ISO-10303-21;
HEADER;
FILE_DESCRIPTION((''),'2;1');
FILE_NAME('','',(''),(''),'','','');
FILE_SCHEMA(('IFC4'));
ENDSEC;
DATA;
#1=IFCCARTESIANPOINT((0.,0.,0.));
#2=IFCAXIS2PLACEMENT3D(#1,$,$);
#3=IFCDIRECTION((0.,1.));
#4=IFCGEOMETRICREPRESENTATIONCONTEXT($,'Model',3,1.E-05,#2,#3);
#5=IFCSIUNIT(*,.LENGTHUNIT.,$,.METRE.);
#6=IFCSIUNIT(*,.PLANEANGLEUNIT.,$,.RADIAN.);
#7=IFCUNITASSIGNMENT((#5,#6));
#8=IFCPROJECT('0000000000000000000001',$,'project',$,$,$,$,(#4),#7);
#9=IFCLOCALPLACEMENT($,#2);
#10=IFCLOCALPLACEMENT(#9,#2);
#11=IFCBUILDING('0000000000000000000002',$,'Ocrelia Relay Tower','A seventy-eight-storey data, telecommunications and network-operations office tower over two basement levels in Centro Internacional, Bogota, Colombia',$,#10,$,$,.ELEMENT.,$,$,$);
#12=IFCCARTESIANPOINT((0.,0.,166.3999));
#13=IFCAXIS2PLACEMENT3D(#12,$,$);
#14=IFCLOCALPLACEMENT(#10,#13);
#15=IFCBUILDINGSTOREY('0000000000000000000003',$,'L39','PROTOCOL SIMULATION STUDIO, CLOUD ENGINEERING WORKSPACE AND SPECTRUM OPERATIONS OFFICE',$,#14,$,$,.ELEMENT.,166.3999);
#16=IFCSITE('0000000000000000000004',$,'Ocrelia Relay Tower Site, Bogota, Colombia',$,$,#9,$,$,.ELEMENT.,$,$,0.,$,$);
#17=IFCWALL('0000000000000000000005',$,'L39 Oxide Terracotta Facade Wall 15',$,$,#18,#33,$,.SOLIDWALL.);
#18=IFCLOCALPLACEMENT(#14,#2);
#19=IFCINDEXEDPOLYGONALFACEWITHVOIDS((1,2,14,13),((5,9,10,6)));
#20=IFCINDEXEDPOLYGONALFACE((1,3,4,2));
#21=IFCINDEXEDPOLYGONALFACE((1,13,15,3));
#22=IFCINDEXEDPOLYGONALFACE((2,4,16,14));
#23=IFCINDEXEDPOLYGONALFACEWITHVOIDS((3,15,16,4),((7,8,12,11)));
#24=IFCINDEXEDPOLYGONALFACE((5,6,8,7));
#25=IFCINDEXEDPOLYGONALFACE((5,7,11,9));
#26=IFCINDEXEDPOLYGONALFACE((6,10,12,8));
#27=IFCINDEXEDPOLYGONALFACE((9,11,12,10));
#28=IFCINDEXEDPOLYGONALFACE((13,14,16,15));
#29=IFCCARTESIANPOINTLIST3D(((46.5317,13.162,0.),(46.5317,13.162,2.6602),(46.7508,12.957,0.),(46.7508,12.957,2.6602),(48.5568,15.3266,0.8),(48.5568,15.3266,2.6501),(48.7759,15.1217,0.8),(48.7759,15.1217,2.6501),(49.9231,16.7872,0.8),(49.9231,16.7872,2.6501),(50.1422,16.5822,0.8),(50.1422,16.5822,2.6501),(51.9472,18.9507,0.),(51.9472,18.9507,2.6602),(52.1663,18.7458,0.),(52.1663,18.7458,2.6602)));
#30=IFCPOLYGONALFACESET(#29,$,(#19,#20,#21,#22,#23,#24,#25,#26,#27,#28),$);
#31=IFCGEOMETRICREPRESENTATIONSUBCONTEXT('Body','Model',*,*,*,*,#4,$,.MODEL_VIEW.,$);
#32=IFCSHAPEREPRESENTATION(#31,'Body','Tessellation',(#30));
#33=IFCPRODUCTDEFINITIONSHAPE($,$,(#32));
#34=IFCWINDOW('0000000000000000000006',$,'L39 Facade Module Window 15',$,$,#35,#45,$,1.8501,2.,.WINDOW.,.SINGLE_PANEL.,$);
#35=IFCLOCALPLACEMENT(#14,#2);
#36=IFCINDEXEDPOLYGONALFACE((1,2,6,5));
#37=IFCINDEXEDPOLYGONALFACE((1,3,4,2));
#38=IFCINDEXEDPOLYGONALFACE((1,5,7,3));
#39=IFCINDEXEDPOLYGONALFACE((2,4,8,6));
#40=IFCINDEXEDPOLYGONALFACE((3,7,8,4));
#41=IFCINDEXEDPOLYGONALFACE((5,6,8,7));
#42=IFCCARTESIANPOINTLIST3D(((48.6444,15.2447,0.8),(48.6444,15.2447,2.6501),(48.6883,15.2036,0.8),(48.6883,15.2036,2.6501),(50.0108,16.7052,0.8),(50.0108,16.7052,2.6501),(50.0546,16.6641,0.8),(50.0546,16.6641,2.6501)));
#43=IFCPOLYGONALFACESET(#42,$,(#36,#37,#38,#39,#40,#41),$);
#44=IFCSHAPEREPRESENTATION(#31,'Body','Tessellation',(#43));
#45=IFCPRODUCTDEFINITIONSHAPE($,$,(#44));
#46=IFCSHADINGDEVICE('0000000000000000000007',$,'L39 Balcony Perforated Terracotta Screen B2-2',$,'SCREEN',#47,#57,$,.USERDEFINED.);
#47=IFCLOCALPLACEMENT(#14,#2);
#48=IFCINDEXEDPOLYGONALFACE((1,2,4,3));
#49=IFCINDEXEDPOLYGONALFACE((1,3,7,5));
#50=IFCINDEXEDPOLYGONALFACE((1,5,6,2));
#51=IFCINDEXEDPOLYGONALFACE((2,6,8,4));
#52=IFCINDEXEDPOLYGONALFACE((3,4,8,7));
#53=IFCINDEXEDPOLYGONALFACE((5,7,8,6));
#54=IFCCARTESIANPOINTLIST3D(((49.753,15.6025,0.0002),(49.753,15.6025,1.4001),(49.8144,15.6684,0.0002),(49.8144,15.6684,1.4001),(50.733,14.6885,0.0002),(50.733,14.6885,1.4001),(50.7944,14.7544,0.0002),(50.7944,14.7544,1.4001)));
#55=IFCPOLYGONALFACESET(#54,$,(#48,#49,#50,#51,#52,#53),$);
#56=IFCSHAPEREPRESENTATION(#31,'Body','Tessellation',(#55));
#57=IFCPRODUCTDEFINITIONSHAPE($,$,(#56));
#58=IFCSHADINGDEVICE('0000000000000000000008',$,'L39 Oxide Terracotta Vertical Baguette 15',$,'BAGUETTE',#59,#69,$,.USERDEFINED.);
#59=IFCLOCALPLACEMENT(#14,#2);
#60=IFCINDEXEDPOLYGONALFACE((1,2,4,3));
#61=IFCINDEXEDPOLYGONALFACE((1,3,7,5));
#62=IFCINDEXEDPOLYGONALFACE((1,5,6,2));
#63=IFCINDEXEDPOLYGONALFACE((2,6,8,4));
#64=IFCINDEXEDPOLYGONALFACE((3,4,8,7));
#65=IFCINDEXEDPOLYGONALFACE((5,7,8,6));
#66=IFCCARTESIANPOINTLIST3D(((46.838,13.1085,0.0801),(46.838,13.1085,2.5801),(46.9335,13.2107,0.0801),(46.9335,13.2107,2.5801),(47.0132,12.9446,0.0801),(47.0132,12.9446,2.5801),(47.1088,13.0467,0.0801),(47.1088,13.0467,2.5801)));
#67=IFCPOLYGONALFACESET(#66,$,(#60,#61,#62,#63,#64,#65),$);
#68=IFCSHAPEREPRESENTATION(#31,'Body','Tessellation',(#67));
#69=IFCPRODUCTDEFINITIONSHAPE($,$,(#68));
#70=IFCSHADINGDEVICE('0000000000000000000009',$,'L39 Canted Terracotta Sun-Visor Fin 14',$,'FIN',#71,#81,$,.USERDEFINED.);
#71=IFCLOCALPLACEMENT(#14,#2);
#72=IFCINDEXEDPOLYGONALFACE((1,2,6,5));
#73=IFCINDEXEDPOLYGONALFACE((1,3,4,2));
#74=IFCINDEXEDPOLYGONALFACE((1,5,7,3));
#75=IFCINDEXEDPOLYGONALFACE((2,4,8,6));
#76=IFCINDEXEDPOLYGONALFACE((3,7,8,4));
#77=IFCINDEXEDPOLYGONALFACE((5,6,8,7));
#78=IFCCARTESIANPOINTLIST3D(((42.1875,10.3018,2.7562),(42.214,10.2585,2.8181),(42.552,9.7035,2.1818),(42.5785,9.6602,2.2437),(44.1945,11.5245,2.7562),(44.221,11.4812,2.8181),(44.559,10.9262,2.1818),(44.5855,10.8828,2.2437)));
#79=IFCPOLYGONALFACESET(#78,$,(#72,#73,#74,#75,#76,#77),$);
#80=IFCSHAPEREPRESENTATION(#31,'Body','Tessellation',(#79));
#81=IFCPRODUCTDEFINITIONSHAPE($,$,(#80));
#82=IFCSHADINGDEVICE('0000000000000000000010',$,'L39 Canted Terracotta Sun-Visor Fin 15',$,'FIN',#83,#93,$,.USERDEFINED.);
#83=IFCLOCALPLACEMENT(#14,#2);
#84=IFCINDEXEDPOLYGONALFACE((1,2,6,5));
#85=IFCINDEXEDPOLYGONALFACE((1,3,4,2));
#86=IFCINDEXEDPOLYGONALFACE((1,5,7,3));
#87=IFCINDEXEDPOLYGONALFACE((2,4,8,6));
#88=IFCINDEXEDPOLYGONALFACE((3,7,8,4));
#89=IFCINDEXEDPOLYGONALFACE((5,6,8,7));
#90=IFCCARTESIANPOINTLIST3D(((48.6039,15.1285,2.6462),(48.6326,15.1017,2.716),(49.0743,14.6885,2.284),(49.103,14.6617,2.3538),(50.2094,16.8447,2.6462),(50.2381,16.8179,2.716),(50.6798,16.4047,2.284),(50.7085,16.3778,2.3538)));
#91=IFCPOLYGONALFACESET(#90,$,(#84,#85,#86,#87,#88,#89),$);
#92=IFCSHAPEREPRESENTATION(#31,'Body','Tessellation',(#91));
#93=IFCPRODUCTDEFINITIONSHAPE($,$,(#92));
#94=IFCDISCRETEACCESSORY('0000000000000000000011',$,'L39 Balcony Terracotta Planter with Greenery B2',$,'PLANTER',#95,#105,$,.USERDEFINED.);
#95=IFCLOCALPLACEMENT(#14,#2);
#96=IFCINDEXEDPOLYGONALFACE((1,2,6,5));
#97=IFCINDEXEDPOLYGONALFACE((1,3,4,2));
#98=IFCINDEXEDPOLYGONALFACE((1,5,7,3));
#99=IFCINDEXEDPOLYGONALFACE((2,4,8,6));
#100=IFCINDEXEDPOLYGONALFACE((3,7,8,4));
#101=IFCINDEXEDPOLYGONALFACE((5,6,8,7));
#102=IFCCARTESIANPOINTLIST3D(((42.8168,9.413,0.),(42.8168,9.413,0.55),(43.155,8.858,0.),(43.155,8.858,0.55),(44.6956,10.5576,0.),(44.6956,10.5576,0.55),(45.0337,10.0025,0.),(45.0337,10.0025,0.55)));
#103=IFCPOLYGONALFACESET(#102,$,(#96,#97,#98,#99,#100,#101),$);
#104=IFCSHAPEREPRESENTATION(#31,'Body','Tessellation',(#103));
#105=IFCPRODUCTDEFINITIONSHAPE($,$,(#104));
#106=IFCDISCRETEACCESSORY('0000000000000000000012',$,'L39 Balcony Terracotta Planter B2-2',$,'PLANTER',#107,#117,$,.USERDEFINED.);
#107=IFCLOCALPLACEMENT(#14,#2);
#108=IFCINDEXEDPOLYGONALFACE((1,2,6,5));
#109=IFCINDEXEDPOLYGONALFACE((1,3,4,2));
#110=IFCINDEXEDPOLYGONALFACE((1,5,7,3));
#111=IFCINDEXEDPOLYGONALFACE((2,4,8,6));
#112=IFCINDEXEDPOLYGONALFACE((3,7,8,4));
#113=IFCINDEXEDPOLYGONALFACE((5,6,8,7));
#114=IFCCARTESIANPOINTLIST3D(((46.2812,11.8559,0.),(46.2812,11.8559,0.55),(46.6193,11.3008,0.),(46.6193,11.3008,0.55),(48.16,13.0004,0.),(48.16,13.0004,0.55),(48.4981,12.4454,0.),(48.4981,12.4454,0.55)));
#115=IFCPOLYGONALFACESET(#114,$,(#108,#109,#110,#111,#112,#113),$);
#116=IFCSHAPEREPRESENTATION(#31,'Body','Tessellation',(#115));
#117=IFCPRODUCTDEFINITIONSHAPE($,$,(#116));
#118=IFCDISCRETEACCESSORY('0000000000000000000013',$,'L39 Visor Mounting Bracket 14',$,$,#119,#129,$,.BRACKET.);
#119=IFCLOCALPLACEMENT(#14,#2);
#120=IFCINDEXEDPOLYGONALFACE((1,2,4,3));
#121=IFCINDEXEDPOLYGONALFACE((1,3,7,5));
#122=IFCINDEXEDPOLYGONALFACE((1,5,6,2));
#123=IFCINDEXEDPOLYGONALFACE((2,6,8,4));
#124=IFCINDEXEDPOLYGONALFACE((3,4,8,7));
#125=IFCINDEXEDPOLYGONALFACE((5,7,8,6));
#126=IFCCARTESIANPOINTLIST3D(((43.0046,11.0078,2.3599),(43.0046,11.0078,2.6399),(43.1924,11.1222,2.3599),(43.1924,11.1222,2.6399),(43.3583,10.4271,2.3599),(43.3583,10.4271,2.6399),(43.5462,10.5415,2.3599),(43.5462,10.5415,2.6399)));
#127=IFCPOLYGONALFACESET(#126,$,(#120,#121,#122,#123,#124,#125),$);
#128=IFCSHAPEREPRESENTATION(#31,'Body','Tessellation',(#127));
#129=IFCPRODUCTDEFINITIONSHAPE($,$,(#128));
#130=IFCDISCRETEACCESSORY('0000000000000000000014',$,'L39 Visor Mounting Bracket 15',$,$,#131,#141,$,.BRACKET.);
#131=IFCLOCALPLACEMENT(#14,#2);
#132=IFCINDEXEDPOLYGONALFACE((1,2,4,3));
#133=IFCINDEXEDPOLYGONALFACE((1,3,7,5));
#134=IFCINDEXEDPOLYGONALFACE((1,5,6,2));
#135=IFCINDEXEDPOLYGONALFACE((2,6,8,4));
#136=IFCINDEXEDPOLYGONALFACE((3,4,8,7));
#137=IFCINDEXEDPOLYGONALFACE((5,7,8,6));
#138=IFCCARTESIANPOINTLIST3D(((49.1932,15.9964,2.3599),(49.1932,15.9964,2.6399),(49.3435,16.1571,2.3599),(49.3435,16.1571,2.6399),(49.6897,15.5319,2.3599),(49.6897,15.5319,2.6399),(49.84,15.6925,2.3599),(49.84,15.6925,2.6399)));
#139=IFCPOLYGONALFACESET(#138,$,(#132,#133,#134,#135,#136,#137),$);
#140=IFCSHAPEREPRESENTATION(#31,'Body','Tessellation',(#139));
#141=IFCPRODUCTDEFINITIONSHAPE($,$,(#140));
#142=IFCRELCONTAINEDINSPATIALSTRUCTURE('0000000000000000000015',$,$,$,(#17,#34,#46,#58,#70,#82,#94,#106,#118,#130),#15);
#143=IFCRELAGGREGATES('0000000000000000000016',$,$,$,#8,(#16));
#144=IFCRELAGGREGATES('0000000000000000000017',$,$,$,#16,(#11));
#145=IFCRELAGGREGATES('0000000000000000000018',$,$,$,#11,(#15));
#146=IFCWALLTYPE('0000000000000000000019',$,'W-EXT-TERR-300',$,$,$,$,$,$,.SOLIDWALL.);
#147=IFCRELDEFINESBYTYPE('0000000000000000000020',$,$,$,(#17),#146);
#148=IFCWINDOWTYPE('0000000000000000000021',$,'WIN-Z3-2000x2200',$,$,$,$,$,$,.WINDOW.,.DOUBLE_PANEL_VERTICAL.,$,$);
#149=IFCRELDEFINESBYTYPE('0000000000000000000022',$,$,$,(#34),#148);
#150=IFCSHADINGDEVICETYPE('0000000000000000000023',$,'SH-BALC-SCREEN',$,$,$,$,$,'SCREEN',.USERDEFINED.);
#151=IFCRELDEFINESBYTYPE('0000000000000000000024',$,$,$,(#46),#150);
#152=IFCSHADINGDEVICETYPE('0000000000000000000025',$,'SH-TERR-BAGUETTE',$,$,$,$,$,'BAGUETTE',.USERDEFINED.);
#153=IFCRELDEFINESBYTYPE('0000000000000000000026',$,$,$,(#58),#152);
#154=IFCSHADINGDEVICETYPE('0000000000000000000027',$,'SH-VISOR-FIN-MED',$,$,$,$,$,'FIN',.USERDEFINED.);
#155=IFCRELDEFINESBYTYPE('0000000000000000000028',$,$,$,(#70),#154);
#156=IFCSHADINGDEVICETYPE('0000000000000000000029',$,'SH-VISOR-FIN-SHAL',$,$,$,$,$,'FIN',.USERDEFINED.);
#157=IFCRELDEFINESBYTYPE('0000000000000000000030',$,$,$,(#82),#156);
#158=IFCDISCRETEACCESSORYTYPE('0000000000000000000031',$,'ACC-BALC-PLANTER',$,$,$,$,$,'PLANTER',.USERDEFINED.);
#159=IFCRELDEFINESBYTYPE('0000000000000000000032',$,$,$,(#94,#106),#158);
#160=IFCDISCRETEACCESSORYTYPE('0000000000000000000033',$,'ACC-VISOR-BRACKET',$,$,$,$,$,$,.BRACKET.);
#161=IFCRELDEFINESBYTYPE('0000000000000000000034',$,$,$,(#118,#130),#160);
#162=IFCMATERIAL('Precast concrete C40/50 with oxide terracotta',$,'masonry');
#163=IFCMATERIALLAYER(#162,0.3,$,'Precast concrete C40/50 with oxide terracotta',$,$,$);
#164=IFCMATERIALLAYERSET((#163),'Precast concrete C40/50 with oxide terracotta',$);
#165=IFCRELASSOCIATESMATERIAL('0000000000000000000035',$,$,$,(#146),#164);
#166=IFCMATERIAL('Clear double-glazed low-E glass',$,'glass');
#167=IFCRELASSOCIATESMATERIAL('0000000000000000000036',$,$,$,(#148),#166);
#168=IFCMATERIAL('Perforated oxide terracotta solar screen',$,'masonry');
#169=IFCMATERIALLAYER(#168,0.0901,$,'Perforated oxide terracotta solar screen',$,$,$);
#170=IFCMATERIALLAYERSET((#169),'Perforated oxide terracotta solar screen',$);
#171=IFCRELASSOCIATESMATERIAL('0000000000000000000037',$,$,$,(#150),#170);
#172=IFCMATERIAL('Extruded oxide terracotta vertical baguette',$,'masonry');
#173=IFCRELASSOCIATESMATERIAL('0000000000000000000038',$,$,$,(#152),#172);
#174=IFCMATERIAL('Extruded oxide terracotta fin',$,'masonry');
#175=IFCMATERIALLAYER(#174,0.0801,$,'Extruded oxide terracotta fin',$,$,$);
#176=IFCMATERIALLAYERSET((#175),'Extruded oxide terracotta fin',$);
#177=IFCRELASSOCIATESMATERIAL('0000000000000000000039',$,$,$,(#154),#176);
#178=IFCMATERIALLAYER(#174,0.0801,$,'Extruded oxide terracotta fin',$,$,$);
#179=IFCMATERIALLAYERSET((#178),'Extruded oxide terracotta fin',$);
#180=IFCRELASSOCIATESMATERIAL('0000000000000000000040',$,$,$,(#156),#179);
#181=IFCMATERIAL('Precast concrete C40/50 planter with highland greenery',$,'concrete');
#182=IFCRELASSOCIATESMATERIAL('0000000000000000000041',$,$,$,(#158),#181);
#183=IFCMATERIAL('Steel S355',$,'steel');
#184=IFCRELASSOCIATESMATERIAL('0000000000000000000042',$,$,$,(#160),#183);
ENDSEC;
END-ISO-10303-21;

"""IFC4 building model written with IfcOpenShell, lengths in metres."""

from ifc_helpers import new_model, si_unit, direction, frame, frame_2d, origin, origin_2d, place, context, subcontext, project, spatial, rectangle, extrude, material, layer, layer_set, type_object, element, fill, save


model = new_model("IFC4")

# Units and contexts
model_context = context("Model", 3, precision=1e-05, world=origin(), true_north=direction((0.0, 1.0)))
body_context = subcontext(model_context, "Body", "Model", "MODEL_VIEW")
ifc_project = project(units=[si_unit("LENGTHUNIT", "METRE"), si_unit("PLANEANGLEUNIT", "RADIAN")], contexts=[model_context])

# Site, building, storey
site_placement = place(None, origin())
site = spatial("IfcSite", under=ifc_project, at=site_placement, Name="Ocrelia Relay Tower Site, Bogota, Colombia", CompositionType="ELEMENT", RefElevation=0.0)
building_placement = place(site_placement, origin())
building = spatial("IfcBuilding", under=site, at=building_placement, Name="Ocrelia Relay Tower", Description="A seventy-eight-storey data, telecommunications and network-operations office tower over two basement levels in Centro Internacional, Bogota, Colombia", CompositionType="ELEMENT")
storey_placement = place(building_placement, frame((0.0, 0.0, 166.3999)))
storey = spatial("IfcBuildingStorey", under=building, at=storey_placement, Name="L39", Description="PROTOCOL SIMULATION STUDIO, CLOUD ENGINEERING WORKSPACE AND SPECTRUM OPERATIONS OFFICE", CompositionType="ELEMENT", Elevation=166.3999)

# Shared definitions
ifc_material_1 = material(Name="Steel S355", Category="steel")

# Wall, opening, window
ifc_material_2 = material(Name="Precast concrete C40/50 with oxide terracotta", Category="masonry")
ifc_layer_1 = layer(ifc_material_2, 0.3, Name="Precast concrete C40/50 with oxide terracotta")
ifc_layer_set_1 = layer_set([ifc_layer_1], Name="Precast concrete C40/50 with oxide terracotta")
wall_type = type_object("IfcWallType", Name="W-EXT-TERR-300", PredefinedType="SOLIDWALL", material=ifc_layer_set_1)
wall_placement = place(storey_placement, frame((46.6414, 13.0596, 0.0), z_axis=(0.0, 0.0, 1.0), x_axis=(0.683169, 0.73026, 0.0)))
wall = element("IfcWall", 1, at=wall_placement, inside=storey, type_object=wall_type, Name="L39 Oxide Terracotta Facade Wall 15", PredefinedType="SOLIDWALL", context=body_context, shape_type="SweptSolid", body=[
    extrude(rectangle(XDim=7.927, YDim=0.3, at=frame_2d((3.9634, 0.0))), origin(), (0.0, 0.0, 1.0), 2.6602),
])
opening_placement = place(wall_placement, frame((2.9641, 0.0, 0.8)))
opening = element("IfcOpeningElement", 2, at=opening_placement, cuts=wall, PredefinedType="OPENING", context=body_context, shape_type="SweptSolid", body=[
    extrude(rectangle(XDim=2.0, YDim=1.8501, at=frame_2d((1.0, 0.925))), frame((0.0, 0.1602, 0.0), z_axis=(0.0, -1.0, 0.0), x_axis=(1.0, 0.0, 0.0)), (0.0, 0.0, 1.0), 0.3201),
])
ifc_material_3 = material(Name="Clear double-glazed low-E glass", Category="glass")
window_type = type_object("IfcWindowType", Name="WIN-Z3-2000x2200", PartitioningType="DOUBLE_PANEL_VERTICAL", PredefinedType="WINDOW", material=ifc_material_3)
window_placement = place(opening_placement, origin())
window = element("IfcWindow", 3, at=window_placement, inside=storey, type_object=window_type, Name="L39 Facade Module Window 15", OverallHeight=1.8501, OverallWidth=2.0, PartitioningType="SINGLE_PANEL", PredefinedType="WINDOW", context=body_context, shape_type="SweptSolid", body=[
    extrude(rectangle(XDim=2.0, YDim=1.8501, at=frame_2d((1.0, 0.925))), frame((0.0, 0.03, 0.0), z_axis=(0.0, -1.0, 0.0), x_axis=(1.0, 0.0, 0.0)), (0.0, 0.0, 1.0), 0.0601),
])
fill(opening, window)

# Shading devices
ifc_material_4 = material(Name="Perforated oxide terracotta solar screen", Category="masonry")
ifc_layer_2 = layer(ifc_material_4, 0.0901, Name="Perforated oxide terracotta solar screen")
ifc_layer_set_2 = layer_set([ifc_layer_2], Name="Perforated oxide terracotta solar screen")
shading_device_type_1 = type_object("IfcShadingDeviceType", Name="SH-BALC-SCREEN", ElementType="SCREEN", PredefinedType="USERDEFINED", material=ifc_layer_set_2)
shading_device_1_placement = place(storey_placement, frame((50.2737, 15.1785, 0.0002), z_axis=(0.0, 0.0, 1.0), x_axis=(0.731294, -0.682063, 0.0)))
element("IfcShadingDevice", 4, at=shading_device_1_placement, inside=storey, type_object=shading_device_type_1, Name="L39 Balcony Perforated Terracotta Screen B2-2", ObjectType="SCREEN", PredefinedType="USERDEFINED", context=body_context, shape_type="SweptSolid", body=[
    extrude(rectangle(XDim=1.3401, YDim=0.0901, at=origin_2d()), origin(), (0.0, 0.0, 1.0), 1.3999),
])
ifc_material_5 = material(Name="Extruded oxide terracotta vertical baguette", Category="masonry")
shading_device_type_2 = type_object("IfcShadingDeviceType", Name="SH-TERR-BAGUETTE", ElementType="BAGUETTE", PredefinedType="USERDEFINED", material=ifc_material_5)
shading_device_2_placement = place(storey_placement, frame((46.9734, 13.0776, 0.0801), z_axis=(0.0, 0.0, 1.0), x_axis=(0.683169, 0.730261, 0.0)))
element("IfcShadingDevice", 5, at=shading_device_2_placement, inside=storey, type_object=shading_device_type_2, Name="L39 Oxide Terracotta Vertical Baguette 15", ObjectType="BAGUETTE", PredefinedType="USERDEFINED", context=body_context, shape_type="SweptSolid", body=[
    extrude(rectangle(XDim=0.1399, YDim=0.24, at=origin_2d()), origin(), (0.0, 0.0, 1.0), 2.5),
])
ifc_material_6 = material(Name="Extruded oxide terracotta fin", Category="masonry")
ifc_layer_3 = layer(ifc_material_6, 0.0801, Name="Extruded oxide terracotta fin")
ifc_layer_set_3 = layer_set([ifc_layer_3], Name="Extruded oxide terracotta fin")
shading_device_type_3 = type_object("IfcShadingDeviceType", Name="SH-VISOR-FIN-MED", ElementType="FIN", PredefinedType="USERDEFINED", material=ifc_layer_set_3)
shading_device_3_placement = place(storey_placement, frame((43.3733, 10.614, 2.469), z_axis=(0.329879, -0.541486, 0.773287), x_axis=(0.854003, 0.520267, 0.0)))
element("IfcShadingDevice", 6, at=shading_device_3_placement, inside=storey, type_object=shading_device_type_3, Name="L39 Canted Terracotta Sun-Visor Fin 14", ObjectType="FIN", PredefinedType="USERDEFINED", context=body_context, shape_type="SweptSolid", body=[
    extrude(rectangle(XDim=2.3501, YDim=0.906, at=origin_2d()), origin(), (0.0, 0.0, 1.0), 0.0801),
])
ifc_layer_4 = layer(ifc_material_6, 0.0801, Name="Extruded oxide terracotta fin")
ifc_layer_set_4 = layer_set([ifc_layer_4], Name="Extruded oxide terracotta fin")
shading_device_type_4 = type_object("IfcShadingDeviceType", Name="SH-VISOR-FIN-SHAL", ElementType="FIN", PredefinedType="USERDEFINED", material=ifc_layer_set_4)
shading_device_4_placement = place(storey_placement, frame((49.6418, 15.7666, 2.4651), z_axis=(0.357932, -0.334851, 0.871642), x_axis=(0.683169, 0.730261, 0.0)))
element("IfcShadingDevice", 7, at=shading_device_4_placement, inside=storey, type_object=shading_device_type_4, Name="L39 Canted Terracotta Sun-Visor Fin 15", ObjectType="FIN", PredefinedType="USERDEFINED", context=body_context, shape_type="SweptSolid", body=[
    extrude(rectangle(XDim=2.3501, YDim=0.739, at=origin_2d()), origin(), (0.0, 0.0, 1.0), 0.0801),
])

# Discrete accessories
ifc_material_7 = material(Name="Precast concrete C40/50 planter with highland greenery", Category="concrete")
discrete_accessory_type_1 = type_object("IfcDiscreteAccessoryType", Name="ACC-BALC-PLANTER", ElementType="PLANTER", PredefinedType="USERDEFINED", material=ifc_material_7)
for number, where, z_axis, x_axis, name in (
    (8, (43.9253, 9.7078, 0.0), (0.0, 0.0, 1.0), (-0.854004, -0.520266, 0.0), "L39 Balcony Terracotta Planter with Greenery B2"),
    (9, (47.3896, 12.1506, 0.0), (0.0, 0.0, 1.0), (-0.854004, -0.520266, 0.0), "L39 Balcony Terracotta Planter B2-2"),
):
    element("IfcDiscreteAccessory", number, at=place(storey_placement, frame(where, z_axis=z_axis, x_axis=x_axis)), inside=storey, type_object=discrete_accessory_type_1, Name=name, ObjectType="PLANTER", PredefinedType="USERDEFINED", context=body_context, shape_type="SweptSolid", body=[
        extrude(rectangle(XDim=2.2, YDim=0.6499, at=origin_2d()), origin(), (0.0, 0.0, 1.0), 0.55),
    ])
discrete_accessory_type_2 = type_object("IfcDiscreteAccessoryType", Name="ACC-VISOR-BRACKET", PredefinedType="BRACKET", material=ifc_material_1)
for number, where, z_axis, x_axis, name in (
    (10, (43.2754, 10.7747, 2.3599), (0.0, 0.0, 1.0), (0.854003, 0.520267, 0.0), "L39 Visor Mounting Bracket 14"),
    (11, (49.5166, 15.8445, 2.3599), (0.0, 0.0, 1.0), (0.683169, 0.730261, 0.0), "L39 Visor Mounting Bracket 15"),
):
    element("IfcDiscreteAccessory", number, at=place(storey_placement, frame(where, z_axis=z_axis, x_axis=x_axis)), inside=storey, type_object=discrete_accessory_type_2, Name=name, PredefinedType="BRACKET", context=body_context, shape_type="SweptSolid", body=[
        extrude(rectangle(XDim=0.22, YDim=0.6799, at=origin_2d()), origin(), (0.0, 0.0, 1.0), 0.28),
    ])

save(model, "model.ifc")
